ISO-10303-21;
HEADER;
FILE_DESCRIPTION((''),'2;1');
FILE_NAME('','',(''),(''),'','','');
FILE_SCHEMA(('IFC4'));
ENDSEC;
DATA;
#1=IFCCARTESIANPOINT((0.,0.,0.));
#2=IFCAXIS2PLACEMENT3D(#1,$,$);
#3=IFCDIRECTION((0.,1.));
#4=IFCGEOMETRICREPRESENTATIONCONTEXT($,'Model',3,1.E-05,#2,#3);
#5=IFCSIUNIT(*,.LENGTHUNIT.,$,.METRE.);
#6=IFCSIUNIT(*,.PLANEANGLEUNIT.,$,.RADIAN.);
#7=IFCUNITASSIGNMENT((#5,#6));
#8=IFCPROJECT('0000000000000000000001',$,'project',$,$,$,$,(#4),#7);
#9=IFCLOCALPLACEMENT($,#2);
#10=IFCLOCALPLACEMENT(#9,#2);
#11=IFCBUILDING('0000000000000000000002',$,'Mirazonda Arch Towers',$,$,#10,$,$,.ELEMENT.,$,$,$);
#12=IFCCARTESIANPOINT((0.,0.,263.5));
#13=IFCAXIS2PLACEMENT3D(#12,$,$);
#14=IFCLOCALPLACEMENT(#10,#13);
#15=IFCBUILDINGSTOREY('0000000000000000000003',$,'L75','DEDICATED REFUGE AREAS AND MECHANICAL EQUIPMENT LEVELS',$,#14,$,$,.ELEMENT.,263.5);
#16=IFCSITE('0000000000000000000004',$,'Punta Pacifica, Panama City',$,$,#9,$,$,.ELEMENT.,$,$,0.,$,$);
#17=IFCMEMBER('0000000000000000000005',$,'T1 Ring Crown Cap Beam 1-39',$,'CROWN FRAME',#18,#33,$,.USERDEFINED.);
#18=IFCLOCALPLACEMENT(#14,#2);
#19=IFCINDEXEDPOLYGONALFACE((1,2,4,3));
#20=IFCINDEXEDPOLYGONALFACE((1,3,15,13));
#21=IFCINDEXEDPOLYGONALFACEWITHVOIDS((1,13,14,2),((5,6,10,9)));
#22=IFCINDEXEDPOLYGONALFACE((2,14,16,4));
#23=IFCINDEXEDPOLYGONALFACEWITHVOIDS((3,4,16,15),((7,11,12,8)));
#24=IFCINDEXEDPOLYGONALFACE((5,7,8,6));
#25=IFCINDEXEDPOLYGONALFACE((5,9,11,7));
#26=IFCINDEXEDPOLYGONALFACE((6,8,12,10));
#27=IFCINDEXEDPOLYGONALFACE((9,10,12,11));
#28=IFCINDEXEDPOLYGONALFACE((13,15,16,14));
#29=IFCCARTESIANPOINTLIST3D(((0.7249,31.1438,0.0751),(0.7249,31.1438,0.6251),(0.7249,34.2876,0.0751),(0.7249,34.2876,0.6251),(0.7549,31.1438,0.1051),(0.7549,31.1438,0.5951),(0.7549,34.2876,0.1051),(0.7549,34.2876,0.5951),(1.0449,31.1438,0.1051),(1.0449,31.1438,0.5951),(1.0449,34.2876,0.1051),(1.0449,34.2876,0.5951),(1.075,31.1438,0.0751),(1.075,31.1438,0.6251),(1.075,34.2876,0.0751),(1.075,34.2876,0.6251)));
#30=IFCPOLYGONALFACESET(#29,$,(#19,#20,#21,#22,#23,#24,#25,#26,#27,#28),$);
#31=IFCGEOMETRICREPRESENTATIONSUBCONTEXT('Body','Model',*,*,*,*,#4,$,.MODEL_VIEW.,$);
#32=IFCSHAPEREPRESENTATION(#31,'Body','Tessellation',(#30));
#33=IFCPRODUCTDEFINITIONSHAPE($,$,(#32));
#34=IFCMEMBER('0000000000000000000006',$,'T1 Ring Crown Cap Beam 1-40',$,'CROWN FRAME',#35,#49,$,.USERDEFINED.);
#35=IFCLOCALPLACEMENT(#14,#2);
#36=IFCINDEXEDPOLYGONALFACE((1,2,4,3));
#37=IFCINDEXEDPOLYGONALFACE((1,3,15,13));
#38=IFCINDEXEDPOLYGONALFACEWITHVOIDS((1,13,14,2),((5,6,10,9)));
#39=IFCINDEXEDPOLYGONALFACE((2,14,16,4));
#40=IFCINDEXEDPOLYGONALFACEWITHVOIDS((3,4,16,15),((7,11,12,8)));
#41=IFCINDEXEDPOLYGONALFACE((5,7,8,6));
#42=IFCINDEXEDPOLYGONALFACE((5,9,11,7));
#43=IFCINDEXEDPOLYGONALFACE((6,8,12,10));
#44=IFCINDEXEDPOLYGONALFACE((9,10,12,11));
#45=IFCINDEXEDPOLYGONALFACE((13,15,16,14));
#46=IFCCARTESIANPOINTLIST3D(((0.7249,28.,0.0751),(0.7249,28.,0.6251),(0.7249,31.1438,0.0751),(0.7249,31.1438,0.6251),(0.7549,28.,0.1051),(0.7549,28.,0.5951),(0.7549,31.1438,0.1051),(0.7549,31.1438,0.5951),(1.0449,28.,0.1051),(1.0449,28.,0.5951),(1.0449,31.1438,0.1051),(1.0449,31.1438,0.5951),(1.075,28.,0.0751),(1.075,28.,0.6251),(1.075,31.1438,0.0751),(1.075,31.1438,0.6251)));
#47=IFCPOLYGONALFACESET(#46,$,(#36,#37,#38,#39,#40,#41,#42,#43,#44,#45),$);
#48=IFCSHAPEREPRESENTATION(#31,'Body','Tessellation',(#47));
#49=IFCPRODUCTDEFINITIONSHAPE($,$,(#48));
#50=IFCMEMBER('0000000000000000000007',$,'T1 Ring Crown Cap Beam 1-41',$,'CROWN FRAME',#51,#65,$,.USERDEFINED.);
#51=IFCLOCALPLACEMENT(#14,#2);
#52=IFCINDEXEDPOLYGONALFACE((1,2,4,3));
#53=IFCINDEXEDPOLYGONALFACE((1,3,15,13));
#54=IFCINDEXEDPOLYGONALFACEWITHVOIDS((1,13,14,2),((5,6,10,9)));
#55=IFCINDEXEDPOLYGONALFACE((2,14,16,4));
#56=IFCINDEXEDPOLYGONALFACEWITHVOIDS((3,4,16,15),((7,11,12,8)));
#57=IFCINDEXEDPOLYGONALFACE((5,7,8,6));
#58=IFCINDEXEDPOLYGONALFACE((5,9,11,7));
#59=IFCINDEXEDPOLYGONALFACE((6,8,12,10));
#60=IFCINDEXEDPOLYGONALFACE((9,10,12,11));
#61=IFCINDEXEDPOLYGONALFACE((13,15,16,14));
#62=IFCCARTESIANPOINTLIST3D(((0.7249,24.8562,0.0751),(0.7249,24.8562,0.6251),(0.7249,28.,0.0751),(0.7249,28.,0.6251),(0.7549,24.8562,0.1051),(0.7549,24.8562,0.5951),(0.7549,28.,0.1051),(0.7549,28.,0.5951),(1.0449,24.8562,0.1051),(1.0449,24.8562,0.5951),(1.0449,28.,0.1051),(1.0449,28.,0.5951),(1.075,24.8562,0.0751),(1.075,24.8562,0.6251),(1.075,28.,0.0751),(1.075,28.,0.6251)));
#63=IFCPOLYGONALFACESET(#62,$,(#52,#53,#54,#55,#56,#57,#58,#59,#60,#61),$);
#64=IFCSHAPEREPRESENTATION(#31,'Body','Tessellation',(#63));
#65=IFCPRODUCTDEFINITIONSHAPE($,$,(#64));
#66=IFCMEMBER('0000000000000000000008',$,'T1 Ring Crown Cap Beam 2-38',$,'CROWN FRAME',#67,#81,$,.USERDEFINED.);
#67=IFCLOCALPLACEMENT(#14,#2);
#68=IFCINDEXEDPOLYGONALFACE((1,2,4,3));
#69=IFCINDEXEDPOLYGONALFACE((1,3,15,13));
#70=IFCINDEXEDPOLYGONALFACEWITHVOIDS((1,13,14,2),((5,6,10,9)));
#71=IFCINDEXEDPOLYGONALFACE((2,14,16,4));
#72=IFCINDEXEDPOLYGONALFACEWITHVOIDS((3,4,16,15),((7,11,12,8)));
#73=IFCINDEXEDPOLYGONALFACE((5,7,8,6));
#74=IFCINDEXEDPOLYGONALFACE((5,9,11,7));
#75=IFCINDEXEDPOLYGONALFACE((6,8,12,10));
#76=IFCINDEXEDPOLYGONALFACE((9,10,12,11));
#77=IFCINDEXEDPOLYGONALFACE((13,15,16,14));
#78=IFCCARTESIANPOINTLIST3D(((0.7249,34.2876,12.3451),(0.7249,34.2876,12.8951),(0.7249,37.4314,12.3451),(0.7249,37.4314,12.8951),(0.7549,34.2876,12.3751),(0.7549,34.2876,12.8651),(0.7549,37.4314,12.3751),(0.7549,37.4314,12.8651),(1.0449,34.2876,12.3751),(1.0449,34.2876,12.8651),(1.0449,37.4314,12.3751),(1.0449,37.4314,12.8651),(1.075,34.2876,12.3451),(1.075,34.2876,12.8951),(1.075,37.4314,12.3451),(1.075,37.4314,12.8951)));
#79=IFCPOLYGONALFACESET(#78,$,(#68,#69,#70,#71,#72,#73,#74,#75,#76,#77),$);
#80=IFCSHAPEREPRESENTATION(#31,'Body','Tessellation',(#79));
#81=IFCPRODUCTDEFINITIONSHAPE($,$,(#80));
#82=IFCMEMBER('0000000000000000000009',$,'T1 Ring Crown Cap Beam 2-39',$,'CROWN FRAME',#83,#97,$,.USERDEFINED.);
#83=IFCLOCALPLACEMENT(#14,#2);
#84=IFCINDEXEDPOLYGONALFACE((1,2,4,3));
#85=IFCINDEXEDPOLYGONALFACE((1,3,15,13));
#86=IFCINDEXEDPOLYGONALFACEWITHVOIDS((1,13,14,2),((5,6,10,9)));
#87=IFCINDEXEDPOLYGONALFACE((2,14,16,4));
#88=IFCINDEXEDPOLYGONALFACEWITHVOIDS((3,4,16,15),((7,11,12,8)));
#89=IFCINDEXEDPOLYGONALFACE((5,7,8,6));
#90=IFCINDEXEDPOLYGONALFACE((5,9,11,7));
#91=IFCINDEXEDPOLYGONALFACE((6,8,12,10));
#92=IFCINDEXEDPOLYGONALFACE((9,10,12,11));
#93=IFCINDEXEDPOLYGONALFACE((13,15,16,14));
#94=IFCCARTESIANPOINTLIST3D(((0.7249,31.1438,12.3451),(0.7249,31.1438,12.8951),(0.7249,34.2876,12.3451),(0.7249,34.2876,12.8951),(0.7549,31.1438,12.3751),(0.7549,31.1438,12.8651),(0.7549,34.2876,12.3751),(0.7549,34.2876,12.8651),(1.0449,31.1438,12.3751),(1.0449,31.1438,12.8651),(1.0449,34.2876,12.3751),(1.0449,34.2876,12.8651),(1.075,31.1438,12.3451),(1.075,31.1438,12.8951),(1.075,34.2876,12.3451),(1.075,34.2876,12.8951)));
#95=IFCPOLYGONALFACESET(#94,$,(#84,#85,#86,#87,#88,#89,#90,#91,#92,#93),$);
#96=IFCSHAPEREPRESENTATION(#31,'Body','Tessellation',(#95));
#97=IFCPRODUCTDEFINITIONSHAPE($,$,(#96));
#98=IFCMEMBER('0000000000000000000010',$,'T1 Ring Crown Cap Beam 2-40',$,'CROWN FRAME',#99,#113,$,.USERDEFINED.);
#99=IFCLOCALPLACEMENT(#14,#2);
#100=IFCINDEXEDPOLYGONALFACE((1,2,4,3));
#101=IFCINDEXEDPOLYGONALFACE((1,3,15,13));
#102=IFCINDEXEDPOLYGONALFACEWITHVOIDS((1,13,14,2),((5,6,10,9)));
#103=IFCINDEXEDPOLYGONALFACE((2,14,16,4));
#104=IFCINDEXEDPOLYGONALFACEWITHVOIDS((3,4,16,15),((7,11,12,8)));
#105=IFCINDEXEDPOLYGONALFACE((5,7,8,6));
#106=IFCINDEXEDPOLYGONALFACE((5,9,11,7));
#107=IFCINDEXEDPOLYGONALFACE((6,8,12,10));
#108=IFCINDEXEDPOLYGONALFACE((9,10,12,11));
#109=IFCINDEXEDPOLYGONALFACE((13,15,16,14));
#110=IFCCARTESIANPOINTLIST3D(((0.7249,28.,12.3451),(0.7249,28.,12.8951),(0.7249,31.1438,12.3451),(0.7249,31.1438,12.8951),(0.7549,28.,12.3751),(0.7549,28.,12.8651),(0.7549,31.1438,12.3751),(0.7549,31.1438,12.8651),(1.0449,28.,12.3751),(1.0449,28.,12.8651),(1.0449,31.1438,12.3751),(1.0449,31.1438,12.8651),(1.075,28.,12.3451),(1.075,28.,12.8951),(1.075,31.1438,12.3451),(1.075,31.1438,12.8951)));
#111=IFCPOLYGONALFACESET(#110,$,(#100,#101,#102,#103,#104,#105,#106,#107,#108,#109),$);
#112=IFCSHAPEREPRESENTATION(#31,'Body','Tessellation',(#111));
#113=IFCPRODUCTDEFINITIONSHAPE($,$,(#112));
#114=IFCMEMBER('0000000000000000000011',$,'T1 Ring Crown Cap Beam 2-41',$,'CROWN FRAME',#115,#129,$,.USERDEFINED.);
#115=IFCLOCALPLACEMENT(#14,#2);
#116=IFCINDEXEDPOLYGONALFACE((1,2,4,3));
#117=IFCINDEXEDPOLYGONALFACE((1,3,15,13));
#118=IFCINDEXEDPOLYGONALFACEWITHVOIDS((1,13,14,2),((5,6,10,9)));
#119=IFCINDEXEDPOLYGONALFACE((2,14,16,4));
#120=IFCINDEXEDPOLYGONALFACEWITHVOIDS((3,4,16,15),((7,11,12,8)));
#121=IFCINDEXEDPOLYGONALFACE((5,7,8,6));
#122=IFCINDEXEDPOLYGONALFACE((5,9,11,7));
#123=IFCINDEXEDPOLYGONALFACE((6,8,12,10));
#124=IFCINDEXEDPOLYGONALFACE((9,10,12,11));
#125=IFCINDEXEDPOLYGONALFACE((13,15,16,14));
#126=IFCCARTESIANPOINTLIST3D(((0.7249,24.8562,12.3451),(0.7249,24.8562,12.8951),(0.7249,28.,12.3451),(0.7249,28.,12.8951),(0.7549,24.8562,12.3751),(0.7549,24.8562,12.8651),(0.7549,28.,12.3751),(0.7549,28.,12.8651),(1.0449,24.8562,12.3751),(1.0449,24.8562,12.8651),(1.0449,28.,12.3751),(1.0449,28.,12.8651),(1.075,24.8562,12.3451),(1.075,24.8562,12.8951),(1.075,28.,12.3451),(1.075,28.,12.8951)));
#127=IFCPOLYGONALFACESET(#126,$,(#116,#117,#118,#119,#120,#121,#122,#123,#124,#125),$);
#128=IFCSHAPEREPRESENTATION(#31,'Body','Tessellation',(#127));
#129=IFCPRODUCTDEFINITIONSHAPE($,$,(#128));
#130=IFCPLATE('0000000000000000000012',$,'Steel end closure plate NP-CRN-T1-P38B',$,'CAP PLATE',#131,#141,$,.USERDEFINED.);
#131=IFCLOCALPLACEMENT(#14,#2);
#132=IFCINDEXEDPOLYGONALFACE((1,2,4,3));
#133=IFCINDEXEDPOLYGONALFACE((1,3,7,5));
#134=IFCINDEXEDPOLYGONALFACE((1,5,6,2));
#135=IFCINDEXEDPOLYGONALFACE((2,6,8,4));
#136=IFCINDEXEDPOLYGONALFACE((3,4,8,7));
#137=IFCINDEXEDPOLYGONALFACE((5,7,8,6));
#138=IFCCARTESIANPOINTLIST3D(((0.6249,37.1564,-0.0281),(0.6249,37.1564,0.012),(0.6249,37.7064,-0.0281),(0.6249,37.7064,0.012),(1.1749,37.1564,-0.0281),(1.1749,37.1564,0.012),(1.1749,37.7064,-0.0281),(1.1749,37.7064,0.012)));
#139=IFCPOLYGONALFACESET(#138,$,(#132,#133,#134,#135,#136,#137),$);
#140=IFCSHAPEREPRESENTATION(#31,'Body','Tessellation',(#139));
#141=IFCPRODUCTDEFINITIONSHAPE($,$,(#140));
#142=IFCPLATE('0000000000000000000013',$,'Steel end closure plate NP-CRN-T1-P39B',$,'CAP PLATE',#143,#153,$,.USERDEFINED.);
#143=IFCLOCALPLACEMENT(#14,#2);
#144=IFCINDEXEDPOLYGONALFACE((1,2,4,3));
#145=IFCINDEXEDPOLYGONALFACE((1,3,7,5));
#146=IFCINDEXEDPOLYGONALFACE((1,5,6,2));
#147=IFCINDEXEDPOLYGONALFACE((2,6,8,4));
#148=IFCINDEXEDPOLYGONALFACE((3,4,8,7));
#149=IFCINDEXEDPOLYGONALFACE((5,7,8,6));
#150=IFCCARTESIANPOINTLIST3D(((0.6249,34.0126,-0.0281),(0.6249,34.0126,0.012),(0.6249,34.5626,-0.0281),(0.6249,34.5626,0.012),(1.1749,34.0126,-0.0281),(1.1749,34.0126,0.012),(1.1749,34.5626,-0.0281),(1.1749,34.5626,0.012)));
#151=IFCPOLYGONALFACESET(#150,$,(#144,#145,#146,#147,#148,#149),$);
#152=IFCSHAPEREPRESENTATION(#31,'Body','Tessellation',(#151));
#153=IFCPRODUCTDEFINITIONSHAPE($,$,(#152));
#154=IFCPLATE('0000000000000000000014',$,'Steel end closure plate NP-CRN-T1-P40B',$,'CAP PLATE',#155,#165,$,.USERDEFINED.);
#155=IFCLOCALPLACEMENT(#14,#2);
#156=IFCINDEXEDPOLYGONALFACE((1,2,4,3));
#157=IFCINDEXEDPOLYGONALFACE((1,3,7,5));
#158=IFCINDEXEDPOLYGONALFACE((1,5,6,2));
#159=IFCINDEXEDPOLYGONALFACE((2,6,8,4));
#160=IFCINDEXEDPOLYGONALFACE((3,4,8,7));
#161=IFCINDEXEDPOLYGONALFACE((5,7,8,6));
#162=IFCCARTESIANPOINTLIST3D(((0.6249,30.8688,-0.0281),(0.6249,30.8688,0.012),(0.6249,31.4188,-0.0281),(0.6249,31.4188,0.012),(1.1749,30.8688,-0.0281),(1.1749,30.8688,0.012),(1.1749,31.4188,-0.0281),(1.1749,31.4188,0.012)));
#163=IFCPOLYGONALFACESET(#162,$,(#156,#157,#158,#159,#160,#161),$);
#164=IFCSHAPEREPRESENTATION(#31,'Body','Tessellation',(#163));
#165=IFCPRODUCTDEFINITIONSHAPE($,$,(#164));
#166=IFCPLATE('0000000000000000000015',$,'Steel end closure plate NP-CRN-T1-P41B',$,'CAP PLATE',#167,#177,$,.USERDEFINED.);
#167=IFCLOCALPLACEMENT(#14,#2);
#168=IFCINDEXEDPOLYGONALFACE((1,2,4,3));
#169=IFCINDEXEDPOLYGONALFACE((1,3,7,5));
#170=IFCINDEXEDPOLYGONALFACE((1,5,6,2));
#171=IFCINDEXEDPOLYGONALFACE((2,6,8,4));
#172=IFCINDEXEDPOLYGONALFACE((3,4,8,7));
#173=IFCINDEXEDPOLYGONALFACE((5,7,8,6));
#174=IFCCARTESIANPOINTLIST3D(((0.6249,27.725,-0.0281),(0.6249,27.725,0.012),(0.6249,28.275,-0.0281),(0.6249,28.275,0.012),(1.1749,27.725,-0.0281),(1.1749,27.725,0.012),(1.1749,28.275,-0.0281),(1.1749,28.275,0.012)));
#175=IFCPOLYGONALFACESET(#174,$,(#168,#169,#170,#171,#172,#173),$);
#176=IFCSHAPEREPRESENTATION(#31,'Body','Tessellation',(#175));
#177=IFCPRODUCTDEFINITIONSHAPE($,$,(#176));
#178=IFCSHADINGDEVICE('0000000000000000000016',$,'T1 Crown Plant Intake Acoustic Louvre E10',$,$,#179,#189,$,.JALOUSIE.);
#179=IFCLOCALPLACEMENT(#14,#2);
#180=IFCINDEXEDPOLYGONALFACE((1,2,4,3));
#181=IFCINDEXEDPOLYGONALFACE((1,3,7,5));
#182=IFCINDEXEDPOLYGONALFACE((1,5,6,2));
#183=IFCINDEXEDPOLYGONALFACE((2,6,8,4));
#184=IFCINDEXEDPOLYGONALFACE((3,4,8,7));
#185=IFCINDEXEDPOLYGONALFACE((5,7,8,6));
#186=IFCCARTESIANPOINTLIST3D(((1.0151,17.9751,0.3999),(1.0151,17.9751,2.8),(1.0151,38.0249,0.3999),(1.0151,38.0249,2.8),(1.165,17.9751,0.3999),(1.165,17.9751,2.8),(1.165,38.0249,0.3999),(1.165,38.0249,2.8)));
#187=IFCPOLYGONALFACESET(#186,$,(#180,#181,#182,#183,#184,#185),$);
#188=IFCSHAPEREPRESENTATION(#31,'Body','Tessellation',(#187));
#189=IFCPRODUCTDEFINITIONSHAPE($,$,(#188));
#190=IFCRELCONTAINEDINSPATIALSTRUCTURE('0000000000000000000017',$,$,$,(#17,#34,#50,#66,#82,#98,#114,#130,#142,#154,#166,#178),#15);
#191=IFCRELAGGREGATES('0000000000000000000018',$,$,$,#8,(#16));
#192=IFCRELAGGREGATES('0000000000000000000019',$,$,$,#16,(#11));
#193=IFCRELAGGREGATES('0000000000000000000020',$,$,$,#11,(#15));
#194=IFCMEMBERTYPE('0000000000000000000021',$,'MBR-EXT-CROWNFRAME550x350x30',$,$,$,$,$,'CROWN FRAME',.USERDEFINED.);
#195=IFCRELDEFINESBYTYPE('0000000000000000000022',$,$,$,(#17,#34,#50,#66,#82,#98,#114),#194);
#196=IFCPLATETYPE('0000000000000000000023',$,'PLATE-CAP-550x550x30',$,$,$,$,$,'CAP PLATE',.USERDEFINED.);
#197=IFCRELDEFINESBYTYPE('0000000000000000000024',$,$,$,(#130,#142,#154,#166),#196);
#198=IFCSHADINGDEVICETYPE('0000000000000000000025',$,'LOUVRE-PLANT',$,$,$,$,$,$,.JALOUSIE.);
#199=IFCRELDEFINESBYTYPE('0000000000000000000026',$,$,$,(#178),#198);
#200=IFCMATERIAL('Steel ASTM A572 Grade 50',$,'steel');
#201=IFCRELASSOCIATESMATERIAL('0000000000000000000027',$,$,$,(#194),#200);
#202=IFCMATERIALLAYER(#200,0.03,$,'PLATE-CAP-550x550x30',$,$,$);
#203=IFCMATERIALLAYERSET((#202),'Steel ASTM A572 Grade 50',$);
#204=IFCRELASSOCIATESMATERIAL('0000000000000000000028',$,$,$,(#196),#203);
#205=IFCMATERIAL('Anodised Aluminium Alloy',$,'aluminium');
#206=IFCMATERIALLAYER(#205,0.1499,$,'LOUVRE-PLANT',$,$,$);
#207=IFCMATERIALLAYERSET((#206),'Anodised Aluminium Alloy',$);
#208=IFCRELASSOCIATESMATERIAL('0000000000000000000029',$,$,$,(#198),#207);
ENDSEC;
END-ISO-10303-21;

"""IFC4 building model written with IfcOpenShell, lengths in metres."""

from ifc_helpers import new_model, si_unit, direction, frame, frame_2d, origin, origin_2d, place, context, subcontext, project, spatial, rectangle, hollow_rectangle, extrude, material, layer, layer_set, material_profile, profile_set, type_object, element, save


model = new_model("IFC4")

# Units and contexts
model_context = context("Model", 3, precision=1e-05, world=origin(), true_north=direction((0.0, 1.0)))
body_context = subcontext(model_context, "Body", "Model", "MODEL_VIEW")
ifc_project = project(units=[si_unit("LENGTHUNIT", "METRE"), si_unit("PLANEANGLEUNIT", "RADIAN")], contexts=[model_context])

# Site, building, storey
site_placement = place(None, origin())
site = spatial("IfcSite", under=ifc_project, at=site_placement, Name="Punta Pacifica, Panama City", CompositionType="ELEMENT", RefElevation=0.0)
building_placement = place(site_placement, origin())
building = spatial("IfcBuilding", under=site, at=building_placement, Name="Mirazonda Arch Towers", CompositionType="ELEMENT")
storey_placement = place(building_placement, frame((0.0, 0.0, 263.5)))
storey = spatial("IfcBuildingStorey", under=building, at=storey_placement, Name="L75", Description="DEDICATED REFUGE AREAS AND MECHANICAL EQUIPMENT LEVELS", CompositionType="ELEMENT", Elevation=263.5)

# Shared definitions
ifc_material_1 = material(Name="Steel ASTM A572 Grade 50", Category="steel")

# Members
ifc_material_profile_1 = material_profile(ifc_material_1, hollow_rectangle(XDim=0.3501, YDim=0.55, WallThickness=0.03, at=origin_2d()), Name="CROWNFRAME550x350x30")
ifc_profile_set_1 = profile_set([ifc_material_profile_1], Name="Steel ASTM A572 Grade 50")
member_type = type_object("IfcMemberType", Name="MBR-EXT-CROWNFRAME550x350x30", ElementType="CROWN FRAME", PredefinedType="USERDEFINED", material=ifc_profile_set_1)
for number, where, z_axis, x_axis, name in (
    (1, (0.8999, 34.2876, 0.3501), (0.0, -1.0, 0.0), (1.0, 0.0, 0.0), "T1 Ring Crown Cap Beam 1-39"),
    (2, (0.8999, 31.1438, 0.3501), (0.0, -1.0, 0.0), (1.0, 0.0, 0.0), "T1 Ring Crown Cap Beam 1-40"),
    (3, (0.8999, 28.0, 0.3501), (0.0, -1.0, 0.0), (1.0, 0.0, 0.0), "T1 Ring Crown Cap Beam 1-41"),
    (4, (0.8999, 37.4314, 12.6201), (0.0, -1.0, 0.0), (1.0, 0.0, 0.0), "T1 Ring Crown Cap Beam 2-38"),
    (5, (0.8999, 34.2876, 12.6201), (0.0, -1.0, 0.0), (1.0, 0.0, 0.0), "T1 Ring Crown Cap Beam 2-39"),
    (6, (0.8999, 31.1438, 12.6201), (0.0, -1.0, 0.0), (1.0, 0.0, 0.0), "T1 Ring Crown Cap Beam 2-40"),
    (7, (0.8999, 28.0, 12.6201), (0.0, -1.0, 0.0), (1.0, 0.0, 0.0), "T1 Ring Crown Cap Beam 2-41"),
):
    element("IfcMember", number, at=place(storey_placement, frame(where, z_axis=z_axis, x_axis=x_axis)), inside=storey, type_object=member_type, Name=name, ObjectType="CROWN FRAME", PredefinedType="USERDEFINED", context=body_context, shape_type="SweptSolid", body=[
        extrude(hollow_rectangle(XDim=0.3501, YDim=0.55, WallThickness=0.03, at=origin_2d()), origin(), (0.0, 0.0, 1.0), 3.1438),
    ])

# Plates
ifc_layer_1 = layer(ifc_material_1, 0.03, Name="PLATE-CAP-550x550x30")
ifc_layer_set_1 = layer_set([ifc_layer_1], Name="Steel ASTM A572 Grade 50")
plate_type = type_object("IfcPlateType", Name="PLATE-CAP-550x550x30", ElementType="CAP PLATE", PredefinedType="USERDEFINED", material=ifc_layer_set_1)
for number, where, z_axis, x_axis, name in (
    (8, (0.8999, 37.4314, -0.0281), (0.0, 0.0, 1.0), (1.0, 0.0, 0.0), "Steel end closure plate NP-CRN-T1-P38B"),
    (9, (0.8999, 34.2876, -0.0281), (0.0, 0.0, 1.0), (1.0, 0.0, 0.0), "Steel end closure plate NP-CRN-T1-P39B"),
    (10, (0.8999, 31.1438, -0.0281), (0.0, 0.0, 1.0), (1.0, 0.0, 0.0), "Steel end closure plate NP-CRN-T1-P40B"),
    (11, (0.8999, 28.0, -0.0281), (0.0, 0.0, 1.0), (1.0, 0.0, 0.0), "Steel end closure plate NP-CRN-T1-P41B"),
):
    element("IfcPlate", number, at=place(storey_placement, frame(where, z_axis=z_axis, x_axis=x_axis)), inside=storey, type_object=plate_type, Name=name, ObjectType="CAP PLATE", PredefinedType="USERDEFINED", context=body_context, shape_type="SweptSolid", body=[
        extrude(rectangle(XDim=0.55, YDim=0.55, at=origin_2d()), origin(), (0.0, 0.0, 1.0), 0.04),
    ])

# Shading device
ifc_material_2 = material(Name="Anodised Aluminium Alloy", Category="aluminium")
ifc_layer_2 = layer(ifc_material_2, 0.1499, Name="LOUVRE-PLANT")
ifc_layer_set_2 = layer_set([ifc_layer_2], Name="Anodised Aluminium Alloy")
shading_device_type = type_object("IfcShadingDeviceType", Name="LOUVRE-PLANT", PredefinedType="JALOUSIE", material=ifc_layer_set_2)
shading_device_placement = place(storey_placement, frame((1.0901, 38.0249, 0.3999), z_axis=(0.0, 0.0, 1.0), x_axis=(0.0, -1.0, 0.0)))
element("IfcShadingDevice", 12, at=shading_device_placement, inside=storey, type_object=shading_device_type, Name="T1 Crown Plant Intake Acoustic Louvre E10", PredefinedType="JALOUSIE", context=body_context, shape_type="SweptSolid", body=[
    extrude(rectangle(XDim=20.0498, YDim=0.1499, at=frame_2d((10.0249, 0.0))), origin(), (0.0, 0.0, 1.0), 2.4001),
])

save(model, "model.ifc")
